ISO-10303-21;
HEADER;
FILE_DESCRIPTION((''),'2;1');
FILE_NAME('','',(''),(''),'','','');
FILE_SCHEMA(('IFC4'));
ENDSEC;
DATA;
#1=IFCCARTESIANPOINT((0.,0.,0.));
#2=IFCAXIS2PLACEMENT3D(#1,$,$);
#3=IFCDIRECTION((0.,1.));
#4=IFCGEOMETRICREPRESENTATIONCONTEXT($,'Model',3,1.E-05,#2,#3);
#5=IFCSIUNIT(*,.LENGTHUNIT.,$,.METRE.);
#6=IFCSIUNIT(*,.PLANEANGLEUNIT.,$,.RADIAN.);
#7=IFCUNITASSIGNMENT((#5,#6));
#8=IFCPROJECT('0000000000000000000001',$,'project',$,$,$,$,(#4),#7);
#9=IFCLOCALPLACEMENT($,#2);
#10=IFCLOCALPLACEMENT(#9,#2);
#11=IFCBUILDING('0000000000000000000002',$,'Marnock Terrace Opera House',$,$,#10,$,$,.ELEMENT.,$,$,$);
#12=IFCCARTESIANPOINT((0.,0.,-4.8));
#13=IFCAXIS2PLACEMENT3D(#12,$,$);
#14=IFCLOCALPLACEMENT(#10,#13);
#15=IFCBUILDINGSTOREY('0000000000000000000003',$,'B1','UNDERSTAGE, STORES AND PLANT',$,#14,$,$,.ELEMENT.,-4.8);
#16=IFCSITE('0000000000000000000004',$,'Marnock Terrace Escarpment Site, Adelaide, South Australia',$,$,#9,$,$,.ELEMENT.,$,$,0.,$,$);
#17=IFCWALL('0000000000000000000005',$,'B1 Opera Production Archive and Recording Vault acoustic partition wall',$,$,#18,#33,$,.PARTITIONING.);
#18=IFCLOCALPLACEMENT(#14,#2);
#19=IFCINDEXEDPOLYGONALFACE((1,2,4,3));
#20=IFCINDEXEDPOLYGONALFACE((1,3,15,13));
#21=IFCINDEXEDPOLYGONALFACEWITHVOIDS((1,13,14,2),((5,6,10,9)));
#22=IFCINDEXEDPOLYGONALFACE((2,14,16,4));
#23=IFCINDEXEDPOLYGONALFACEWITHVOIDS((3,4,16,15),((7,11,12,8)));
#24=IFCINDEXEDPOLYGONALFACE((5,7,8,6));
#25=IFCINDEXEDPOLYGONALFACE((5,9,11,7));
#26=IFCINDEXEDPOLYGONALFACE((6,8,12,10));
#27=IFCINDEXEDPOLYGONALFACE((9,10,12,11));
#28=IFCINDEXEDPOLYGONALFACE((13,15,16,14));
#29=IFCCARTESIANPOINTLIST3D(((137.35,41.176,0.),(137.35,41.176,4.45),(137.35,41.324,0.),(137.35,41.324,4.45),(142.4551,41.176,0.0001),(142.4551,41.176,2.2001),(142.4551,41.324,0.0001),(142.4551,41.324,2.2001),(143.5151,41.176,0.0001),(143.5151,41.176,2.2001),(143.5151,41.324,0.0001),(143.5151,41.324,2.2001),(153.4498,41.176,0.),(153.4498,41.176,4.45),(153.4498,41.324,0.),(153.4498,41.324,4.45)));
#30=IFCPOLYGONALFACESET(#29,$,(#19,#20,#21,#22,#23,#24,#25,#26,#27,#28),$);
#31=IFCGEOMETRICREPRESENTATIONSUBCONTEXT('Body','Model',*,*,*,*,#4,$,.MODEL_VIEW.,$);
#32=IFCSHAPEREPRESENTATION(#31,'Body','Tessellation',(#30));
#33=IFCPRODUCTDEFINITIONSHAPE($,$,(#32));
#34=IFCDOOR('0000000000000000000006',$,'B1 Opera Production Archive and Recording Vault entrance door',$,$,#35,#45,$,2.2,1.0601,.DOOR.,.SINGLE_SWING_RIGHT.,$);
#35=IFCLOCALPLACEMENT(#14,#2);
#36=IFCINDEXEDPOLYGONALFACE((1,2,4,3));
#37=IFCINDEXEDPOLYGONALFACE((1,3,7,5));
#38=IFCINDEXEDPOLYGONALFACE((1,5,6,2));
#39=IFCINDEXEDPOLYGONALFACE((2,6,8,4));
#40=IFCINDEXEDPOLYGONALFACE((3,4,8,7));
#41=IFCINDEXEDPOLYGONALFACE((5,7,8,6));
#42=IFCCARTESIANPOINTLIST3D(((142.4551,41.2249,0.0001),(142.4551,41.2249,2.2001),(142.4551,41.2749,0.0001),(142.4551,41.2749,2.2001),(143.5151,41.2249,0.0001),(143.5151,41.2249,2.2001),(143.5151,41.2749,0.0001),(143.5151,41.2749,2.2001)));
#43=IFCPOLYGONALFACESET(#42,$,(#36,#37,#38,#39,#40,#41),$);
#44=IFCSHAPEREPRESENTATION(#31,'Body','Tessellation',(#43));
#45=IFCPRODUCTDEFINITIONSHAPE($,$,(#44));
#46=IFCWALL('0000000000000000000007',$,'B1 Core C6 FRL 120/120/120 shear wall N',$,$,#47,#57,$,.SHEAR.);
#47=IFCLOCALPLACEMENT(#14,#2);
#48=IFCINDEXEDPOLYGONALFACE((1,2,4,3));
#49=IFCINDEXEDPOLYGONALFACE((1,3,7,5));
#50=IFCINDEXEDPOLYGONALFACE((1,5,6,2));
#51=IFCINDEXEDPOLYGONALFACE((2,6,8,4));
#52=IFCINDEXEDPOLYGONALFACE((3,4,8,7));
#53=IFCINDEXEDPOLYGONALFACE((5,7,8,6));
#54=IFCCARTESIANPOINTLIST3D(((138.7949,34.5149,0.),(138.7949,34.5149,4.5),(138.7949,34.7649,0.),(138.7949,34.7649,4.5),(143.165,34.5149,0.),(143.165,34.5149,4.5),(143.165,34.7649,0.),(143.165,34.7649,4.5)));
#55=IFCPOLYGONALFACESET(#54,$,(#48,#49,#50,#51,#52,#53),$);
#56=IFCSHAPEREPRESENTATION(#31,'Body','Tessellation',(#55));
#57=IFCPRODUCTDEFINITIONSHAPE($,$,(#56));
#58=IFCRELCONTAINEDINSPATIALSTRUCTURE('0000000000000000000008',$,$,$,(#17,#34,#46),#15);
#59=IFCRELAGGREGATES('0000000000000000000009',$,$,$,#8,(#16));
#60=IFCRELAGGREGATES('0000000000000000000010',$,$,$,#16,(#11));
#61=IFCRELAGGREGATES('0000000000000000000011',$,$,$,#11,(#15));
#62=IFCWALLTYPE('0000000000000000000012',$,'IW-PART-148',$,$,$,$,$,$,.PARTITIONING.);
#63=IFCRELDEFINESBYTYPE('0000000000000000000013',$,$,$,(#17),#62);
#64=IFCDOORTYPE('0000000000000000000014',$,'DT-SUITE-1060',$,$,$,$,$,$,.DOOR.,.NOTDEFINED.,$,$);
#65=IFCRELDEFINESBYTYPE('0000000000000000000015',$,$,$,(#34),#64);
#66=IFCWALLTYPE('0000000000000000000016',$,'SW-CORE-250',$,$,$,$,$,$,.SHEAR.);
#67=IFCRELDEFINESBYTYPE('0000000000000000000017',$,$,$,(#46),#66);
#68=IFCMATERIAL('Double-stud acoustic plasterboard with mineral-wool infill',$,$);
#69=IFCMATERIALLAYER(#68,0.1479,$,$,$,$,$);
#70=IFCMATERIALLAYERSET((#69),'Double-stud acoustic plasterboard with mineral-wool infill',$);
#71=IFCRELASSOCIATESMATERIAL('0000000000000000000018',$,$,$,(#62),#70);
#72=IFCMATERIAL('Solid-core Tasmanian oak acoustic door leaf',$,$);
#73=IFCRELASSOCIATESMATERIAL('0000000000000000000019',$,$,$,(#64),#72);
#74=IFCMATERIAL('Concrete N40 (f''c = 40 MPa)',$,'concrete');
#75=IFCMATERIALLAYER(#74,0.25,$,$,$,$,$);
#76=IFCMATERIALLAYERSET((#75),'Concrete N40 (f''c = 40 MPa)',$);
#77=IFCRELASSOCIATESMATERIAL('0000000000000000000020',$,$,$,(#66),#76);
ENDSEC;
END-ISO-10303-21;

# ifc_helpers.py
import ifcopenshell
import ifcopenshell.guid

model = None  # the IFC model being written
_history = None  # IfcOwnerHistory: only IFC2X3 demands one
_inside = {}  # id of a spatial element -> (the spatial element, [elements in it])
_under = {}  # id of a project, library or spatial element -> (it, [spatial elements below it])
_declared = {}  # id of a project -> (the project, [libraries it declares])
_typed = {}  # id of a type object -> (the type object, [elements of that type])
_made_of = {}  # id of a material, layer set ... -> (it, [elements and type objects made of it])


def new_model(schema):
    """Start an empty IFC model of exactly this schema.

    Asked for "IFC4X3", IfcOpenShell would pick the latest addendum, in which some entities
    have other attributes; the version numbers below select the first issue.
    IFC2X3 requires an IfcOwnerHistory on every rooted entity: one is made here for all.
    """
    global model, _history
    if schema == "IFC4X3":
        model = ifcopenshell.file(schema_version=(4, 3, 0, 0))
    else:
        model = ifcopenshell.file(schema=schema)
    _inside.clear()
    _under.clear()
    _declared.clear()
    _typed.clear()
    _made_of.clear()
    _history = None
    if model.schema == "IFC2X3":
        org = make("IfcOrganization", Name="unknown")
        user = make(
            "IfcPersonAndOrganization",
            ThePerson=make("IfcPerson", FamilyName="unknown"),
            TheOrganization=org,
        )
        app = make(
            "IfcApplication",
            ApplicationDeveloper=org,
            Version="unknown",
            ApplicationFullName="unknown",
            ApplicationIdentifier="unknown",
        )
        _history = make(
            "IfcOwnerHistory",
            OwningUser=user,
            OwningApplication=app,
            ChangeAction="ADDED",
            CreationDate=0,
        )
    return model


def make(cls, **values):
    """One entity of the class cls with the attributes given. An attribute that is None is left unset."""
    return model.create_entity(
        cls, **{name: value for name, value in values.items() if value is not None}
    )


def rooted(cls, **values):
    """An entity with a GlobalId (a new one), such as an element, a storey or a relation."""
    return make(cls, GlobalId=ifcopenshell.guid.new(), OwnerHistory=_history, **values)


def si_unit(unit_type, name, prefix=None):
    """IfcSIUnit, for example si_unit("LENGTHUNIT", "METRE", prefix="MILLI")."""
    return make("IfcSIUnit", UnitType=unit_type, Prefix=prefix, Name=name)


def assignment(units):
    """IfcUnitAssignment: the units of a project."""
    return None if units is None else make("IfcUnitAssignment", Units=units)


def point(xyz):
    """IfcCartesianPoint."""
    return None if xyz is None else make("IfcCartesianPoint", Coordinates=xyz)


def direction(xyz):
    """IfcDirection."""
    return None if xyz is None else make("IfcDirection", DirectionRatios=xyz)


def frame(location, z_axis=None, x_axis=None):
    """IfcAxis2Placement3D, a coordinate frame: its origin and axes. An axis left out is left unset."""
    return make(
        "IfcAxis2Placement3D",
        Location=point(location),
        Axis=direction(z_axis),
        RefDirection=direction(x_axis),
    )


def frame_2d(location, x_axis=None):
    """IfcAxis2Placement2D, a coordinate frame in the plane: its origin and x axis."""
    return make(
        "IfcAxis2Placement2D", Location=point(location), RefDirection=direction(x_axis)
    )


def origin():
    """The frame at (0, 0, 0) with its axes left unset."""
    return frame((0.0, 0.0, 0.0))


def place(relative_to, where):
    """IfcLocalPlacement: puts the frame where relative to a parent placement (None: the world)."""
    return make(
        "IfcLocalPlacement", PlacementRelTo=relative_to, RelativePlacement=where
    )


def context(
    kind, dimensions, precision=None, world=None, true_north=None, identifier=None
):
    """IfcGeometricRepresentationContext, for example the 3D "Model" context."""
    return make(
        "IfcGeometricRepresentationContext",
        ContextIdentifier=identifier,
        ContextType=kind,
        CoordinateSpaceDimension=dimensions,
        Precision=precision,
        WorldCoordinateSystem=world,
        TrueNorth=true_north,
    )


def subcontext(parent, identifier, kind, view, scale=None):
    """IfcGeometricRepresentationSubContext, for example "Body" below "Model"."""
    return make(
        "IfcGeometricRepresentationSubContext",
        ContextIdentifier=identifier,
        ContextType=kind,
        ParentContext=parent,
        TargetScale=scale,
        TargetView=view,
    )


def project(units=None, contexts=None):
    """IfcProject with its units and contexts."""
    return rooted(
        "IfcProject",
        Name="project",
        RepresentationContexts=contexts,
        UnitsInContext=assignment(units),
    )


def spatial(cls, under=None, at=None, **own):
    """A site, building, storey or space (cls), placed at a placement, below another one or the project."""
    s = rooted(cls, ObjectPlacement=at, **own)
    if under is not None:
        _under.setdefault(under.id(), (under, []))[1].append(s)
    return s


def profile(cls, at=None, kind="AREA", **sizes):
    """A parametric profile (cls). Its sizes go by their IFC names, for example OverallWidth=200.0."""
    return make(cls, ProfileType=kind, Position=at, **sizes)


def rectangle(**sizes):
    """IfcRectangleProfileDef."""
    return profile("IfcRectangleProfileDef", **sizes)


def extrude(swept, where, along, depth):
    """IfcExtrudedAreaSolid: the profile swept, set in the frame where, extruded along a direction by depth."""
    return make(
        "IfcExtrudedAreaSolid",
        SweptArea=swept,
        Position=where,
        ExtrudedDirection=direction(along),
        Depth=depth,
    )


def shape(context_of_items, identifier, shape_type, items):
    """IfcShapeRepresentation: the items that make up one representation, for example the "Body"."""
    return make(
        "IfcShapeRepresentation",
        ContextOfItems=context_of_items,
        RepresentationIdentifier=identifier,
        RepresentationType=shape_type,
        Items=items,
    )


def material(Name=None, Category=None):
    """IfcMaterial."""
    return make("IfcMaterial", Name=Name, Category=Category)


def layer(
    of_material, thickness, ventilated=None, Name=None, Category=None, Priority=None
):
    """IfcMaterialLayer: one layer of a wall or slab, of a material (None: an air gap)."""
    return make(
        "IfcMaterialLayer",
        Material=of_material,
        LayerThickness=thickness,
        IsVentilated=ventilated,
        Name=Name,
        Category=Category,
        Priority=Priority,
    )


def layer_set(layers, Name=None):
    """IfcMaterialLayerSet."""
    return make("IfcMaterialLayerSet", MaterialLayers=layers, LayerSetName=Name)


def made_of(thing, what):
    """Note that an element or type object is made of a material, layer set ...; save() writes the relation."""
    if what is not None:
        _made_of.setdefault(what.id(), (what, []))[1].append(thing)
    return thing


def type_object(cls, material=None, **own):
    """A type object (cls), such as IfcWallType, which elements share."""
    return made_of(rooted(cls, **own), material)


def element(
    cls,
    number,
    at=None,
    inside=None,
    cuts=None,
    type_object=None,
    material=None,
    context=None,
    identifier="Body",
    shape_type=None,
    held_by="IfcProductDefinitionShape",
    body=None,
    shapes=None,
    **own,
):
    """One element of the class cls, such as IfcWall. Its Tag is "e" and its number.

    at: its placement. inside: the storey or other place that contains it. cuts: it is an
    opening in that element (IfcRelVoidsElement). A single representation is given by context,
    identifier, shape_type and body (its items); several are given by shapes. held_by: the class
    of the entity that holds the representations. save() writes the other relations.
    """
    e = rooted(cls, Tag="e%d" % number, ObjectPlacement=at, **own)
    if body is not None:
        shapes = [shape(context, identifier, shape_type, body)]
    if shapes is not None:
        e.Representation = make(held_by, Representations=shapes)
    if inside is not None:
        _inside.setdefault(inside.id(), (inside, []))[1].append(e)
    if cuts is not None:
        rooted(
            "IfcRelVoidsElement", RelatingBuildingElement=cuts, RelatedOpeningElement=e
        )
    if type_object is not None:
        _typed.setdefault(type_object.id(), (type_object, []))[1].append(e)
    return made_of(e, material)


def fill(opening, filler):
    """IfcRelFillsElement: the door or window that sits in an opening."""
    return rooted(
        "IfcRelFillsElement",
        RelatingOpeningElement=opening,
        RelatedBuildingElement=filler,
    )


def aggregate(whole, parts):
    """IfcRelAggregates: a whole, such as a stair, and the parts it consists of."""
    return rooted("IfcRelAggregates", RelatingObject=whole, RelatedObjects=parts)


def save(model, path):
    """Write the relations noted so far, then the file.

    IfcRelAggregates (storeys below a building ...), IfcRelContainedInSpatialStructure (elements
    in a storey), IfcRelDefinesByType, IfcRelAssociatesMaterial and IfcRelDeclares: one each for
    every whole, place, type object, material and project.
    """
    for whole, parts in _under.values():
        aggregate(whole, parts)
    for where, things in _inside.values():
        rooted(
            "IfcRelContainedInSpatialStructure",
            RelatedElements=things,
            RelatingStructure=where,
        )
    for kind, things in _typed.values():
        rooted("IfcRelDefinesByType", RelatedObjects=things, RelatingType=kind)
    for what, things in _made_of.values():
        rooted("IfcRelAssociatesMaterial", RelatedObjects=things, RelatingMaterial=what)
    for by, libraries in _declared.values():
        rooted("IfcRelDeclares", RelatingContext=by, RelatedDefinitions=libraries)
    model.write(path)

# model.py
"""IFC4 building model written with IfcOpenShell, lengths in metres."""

from ifc_helpers import new_model, si_unit, direction, frame, frame_2d, origin, place, context, subcontext, project, spatial, rectangle, extrude, material, layer, layer_set, type_object, element, fill, save


model = new_model("IFC4")

# Units and contexts
model_context = context("Model", 3, precision=1e-05, world=origin(), true_north=direction((0.0, 1.0)))
body_context = subcontext(model_context, "Body", "Model", "MODEL_VIEW")
ifc_project = project(units=[si_unit("LENGTHUNIT", "METRE"), si_unit("PLANEANGLEUNIT", "RADIAN")], contexts=[model_context])

# Site, building, storey
site_placement = place(None, origin())
site = spatial("IfcSite", under=ifc_project, at=site_placement, Name="Marnock Terrace Escarpment Site, Adelaide, South Australia", CompositionType="ELEMENT", RefElevation=0.0)
building_placement = place(site_placement, origin())
building = spatial("IfcBuilding", under=site, at=building_placement, Name="Marnock Terrace Opera House", CompositionType="ELEMENT")
storey_placement = place(building_placement, frame((0.0, 0.0, -4.8)))
storey = spatial("IfcBuildingStorey", under=building, at=storey_placement, Name="B1", Description="UNDERSTAGE, STORES AND PLANT", CompositionType="ELEMENT", Elevation=-4.8)

# Shared definitions
ifc_material_1 = material(Name="Concrete N40 (f'c = 40 MPa)", Category="concrete")

# Wall, opening, door
ifc_material_2 = material(Name="Double-stud acoustic plasterboard with mineral-wool infill")
ifc_layer_1 = layer(ifc_material_2, 0.1479)
ifc_layer_set_1 = layer_set([ifc_layer_1], Name="Double-stud acoustic plasterboard with mineral-wool infill")
wall_type_1 = type_object("IfcWallType", Name="IW-PART-148", PredefinedType="PARTITIONING", material=ifc_layer_set_1)
wall_1_placement = place(storey_placement, frame((137.3501, 41.25, 0.0), z_axis=(0.0, 0.0, 1.0), x_axis=(1.0, 0.0, 0.0)))
wall_1 = element("IfcWall", 1, at=wall_1_placement, inside=storey, type_object=wall_type_1, Name="B1 Opera Production Archive and Recording Vault acoustic partition wall", PredefinedType="PARTITIONING", context=body_context, shape_type="SweptSolid", body=[
    extrude(rectangle(XDim=16.0999, YDim=0.1479, at=frame_2d((8.0498, 0.0))), origin(), (0.0, 0.0, 1.0), 4.45),
])
opening_placement = place(wall_1_placement, frame((5.105, 0.0, 0.0)))
opening = element("IfcOpeningElement", 2, at=opening_placement, cuts=wall_1, PredefinedType="OPENING", context=body_context, shape_type="SweptSolid", body=[
    extrude(rectangle(XDim=1.0601, YDim=2.2, at=frame_2d((0.53, 1.1001))), frame((0.0, 0.084, 0.0), z_axis=(0.0, -1.0, 0.0), x_axis=(1.0, 0.0, 0.0)), (0.0, 0.0, 1.0), 0.168),
])
ifc_material_3 = material(Name="Solid-core Tasmanian oak acoustic door leaf")
door_type = type_object("IfcDoorType", Name="DT-SUITE-1060", OperationType="NOTDEFINED", PredefinedType="DOOR", material=ifc_material_3)
door_placement = place(opening_placement, origin())
door = element("IfcDoor", 3, at=door_placement, inside=storey, type_object=door_type, Name="B1 Opera Production Archive and Recording Vault entrance door", OperationType="SINGLE_SWING_RIGHT", OverallHeight=2.2, OverallWidth=1.0601, PredefinedType="DOOR", context=body_context, shape_type="SweptSolid", body=[
    extrude(rectangle(XDim=1.0601, YDim=2.2, at=frame_2d((0.53, 1.1001))), frame((0.0, 0.0249, 0.0), z_axis=(0.0, -1.0, 0.0), x_axis=(1.0, 0.0, 0.0)), (0.0, 0.0, 1.0), 0.05),
])
fill(opening, door)

# Wall
ifc_layer_2 = layer(ifc_material_1, 0.25)
ifc_layer_set_2 = layer_set([ifc_layer_2], Name="Concrete N40 (f'c = 40 MPa)")
wall_type_2 = type_object("IfcWallType", Name="SW-CORE-250", PredefinedType="SHEAR", material=ifc_layer_set_2)
wall_2_placement = place(storey_placement, frame((138.7949, 34.6399, 0.0), z_axis=(0.0, 0.0, 1.0), x_axis=(1.0, 0.0, 0.0)))
element("IfcWall", 4, at=wall_2_placement, inside=storey, type_object=wall_type_2, Name="B1 Core C6 FRL 120/120/120 shear wall N", PredefinedType="SHEAR", context=body_context, shape_type="SweptSolid", body=[
    extrude(rectangle(XDim=4.3701, YDim=0.25, at=frame_2d((2.1851, 0.0))), origin(), (0.0, 0.0, 1.0), 4.5),
])

save(model, "model.ifc")
